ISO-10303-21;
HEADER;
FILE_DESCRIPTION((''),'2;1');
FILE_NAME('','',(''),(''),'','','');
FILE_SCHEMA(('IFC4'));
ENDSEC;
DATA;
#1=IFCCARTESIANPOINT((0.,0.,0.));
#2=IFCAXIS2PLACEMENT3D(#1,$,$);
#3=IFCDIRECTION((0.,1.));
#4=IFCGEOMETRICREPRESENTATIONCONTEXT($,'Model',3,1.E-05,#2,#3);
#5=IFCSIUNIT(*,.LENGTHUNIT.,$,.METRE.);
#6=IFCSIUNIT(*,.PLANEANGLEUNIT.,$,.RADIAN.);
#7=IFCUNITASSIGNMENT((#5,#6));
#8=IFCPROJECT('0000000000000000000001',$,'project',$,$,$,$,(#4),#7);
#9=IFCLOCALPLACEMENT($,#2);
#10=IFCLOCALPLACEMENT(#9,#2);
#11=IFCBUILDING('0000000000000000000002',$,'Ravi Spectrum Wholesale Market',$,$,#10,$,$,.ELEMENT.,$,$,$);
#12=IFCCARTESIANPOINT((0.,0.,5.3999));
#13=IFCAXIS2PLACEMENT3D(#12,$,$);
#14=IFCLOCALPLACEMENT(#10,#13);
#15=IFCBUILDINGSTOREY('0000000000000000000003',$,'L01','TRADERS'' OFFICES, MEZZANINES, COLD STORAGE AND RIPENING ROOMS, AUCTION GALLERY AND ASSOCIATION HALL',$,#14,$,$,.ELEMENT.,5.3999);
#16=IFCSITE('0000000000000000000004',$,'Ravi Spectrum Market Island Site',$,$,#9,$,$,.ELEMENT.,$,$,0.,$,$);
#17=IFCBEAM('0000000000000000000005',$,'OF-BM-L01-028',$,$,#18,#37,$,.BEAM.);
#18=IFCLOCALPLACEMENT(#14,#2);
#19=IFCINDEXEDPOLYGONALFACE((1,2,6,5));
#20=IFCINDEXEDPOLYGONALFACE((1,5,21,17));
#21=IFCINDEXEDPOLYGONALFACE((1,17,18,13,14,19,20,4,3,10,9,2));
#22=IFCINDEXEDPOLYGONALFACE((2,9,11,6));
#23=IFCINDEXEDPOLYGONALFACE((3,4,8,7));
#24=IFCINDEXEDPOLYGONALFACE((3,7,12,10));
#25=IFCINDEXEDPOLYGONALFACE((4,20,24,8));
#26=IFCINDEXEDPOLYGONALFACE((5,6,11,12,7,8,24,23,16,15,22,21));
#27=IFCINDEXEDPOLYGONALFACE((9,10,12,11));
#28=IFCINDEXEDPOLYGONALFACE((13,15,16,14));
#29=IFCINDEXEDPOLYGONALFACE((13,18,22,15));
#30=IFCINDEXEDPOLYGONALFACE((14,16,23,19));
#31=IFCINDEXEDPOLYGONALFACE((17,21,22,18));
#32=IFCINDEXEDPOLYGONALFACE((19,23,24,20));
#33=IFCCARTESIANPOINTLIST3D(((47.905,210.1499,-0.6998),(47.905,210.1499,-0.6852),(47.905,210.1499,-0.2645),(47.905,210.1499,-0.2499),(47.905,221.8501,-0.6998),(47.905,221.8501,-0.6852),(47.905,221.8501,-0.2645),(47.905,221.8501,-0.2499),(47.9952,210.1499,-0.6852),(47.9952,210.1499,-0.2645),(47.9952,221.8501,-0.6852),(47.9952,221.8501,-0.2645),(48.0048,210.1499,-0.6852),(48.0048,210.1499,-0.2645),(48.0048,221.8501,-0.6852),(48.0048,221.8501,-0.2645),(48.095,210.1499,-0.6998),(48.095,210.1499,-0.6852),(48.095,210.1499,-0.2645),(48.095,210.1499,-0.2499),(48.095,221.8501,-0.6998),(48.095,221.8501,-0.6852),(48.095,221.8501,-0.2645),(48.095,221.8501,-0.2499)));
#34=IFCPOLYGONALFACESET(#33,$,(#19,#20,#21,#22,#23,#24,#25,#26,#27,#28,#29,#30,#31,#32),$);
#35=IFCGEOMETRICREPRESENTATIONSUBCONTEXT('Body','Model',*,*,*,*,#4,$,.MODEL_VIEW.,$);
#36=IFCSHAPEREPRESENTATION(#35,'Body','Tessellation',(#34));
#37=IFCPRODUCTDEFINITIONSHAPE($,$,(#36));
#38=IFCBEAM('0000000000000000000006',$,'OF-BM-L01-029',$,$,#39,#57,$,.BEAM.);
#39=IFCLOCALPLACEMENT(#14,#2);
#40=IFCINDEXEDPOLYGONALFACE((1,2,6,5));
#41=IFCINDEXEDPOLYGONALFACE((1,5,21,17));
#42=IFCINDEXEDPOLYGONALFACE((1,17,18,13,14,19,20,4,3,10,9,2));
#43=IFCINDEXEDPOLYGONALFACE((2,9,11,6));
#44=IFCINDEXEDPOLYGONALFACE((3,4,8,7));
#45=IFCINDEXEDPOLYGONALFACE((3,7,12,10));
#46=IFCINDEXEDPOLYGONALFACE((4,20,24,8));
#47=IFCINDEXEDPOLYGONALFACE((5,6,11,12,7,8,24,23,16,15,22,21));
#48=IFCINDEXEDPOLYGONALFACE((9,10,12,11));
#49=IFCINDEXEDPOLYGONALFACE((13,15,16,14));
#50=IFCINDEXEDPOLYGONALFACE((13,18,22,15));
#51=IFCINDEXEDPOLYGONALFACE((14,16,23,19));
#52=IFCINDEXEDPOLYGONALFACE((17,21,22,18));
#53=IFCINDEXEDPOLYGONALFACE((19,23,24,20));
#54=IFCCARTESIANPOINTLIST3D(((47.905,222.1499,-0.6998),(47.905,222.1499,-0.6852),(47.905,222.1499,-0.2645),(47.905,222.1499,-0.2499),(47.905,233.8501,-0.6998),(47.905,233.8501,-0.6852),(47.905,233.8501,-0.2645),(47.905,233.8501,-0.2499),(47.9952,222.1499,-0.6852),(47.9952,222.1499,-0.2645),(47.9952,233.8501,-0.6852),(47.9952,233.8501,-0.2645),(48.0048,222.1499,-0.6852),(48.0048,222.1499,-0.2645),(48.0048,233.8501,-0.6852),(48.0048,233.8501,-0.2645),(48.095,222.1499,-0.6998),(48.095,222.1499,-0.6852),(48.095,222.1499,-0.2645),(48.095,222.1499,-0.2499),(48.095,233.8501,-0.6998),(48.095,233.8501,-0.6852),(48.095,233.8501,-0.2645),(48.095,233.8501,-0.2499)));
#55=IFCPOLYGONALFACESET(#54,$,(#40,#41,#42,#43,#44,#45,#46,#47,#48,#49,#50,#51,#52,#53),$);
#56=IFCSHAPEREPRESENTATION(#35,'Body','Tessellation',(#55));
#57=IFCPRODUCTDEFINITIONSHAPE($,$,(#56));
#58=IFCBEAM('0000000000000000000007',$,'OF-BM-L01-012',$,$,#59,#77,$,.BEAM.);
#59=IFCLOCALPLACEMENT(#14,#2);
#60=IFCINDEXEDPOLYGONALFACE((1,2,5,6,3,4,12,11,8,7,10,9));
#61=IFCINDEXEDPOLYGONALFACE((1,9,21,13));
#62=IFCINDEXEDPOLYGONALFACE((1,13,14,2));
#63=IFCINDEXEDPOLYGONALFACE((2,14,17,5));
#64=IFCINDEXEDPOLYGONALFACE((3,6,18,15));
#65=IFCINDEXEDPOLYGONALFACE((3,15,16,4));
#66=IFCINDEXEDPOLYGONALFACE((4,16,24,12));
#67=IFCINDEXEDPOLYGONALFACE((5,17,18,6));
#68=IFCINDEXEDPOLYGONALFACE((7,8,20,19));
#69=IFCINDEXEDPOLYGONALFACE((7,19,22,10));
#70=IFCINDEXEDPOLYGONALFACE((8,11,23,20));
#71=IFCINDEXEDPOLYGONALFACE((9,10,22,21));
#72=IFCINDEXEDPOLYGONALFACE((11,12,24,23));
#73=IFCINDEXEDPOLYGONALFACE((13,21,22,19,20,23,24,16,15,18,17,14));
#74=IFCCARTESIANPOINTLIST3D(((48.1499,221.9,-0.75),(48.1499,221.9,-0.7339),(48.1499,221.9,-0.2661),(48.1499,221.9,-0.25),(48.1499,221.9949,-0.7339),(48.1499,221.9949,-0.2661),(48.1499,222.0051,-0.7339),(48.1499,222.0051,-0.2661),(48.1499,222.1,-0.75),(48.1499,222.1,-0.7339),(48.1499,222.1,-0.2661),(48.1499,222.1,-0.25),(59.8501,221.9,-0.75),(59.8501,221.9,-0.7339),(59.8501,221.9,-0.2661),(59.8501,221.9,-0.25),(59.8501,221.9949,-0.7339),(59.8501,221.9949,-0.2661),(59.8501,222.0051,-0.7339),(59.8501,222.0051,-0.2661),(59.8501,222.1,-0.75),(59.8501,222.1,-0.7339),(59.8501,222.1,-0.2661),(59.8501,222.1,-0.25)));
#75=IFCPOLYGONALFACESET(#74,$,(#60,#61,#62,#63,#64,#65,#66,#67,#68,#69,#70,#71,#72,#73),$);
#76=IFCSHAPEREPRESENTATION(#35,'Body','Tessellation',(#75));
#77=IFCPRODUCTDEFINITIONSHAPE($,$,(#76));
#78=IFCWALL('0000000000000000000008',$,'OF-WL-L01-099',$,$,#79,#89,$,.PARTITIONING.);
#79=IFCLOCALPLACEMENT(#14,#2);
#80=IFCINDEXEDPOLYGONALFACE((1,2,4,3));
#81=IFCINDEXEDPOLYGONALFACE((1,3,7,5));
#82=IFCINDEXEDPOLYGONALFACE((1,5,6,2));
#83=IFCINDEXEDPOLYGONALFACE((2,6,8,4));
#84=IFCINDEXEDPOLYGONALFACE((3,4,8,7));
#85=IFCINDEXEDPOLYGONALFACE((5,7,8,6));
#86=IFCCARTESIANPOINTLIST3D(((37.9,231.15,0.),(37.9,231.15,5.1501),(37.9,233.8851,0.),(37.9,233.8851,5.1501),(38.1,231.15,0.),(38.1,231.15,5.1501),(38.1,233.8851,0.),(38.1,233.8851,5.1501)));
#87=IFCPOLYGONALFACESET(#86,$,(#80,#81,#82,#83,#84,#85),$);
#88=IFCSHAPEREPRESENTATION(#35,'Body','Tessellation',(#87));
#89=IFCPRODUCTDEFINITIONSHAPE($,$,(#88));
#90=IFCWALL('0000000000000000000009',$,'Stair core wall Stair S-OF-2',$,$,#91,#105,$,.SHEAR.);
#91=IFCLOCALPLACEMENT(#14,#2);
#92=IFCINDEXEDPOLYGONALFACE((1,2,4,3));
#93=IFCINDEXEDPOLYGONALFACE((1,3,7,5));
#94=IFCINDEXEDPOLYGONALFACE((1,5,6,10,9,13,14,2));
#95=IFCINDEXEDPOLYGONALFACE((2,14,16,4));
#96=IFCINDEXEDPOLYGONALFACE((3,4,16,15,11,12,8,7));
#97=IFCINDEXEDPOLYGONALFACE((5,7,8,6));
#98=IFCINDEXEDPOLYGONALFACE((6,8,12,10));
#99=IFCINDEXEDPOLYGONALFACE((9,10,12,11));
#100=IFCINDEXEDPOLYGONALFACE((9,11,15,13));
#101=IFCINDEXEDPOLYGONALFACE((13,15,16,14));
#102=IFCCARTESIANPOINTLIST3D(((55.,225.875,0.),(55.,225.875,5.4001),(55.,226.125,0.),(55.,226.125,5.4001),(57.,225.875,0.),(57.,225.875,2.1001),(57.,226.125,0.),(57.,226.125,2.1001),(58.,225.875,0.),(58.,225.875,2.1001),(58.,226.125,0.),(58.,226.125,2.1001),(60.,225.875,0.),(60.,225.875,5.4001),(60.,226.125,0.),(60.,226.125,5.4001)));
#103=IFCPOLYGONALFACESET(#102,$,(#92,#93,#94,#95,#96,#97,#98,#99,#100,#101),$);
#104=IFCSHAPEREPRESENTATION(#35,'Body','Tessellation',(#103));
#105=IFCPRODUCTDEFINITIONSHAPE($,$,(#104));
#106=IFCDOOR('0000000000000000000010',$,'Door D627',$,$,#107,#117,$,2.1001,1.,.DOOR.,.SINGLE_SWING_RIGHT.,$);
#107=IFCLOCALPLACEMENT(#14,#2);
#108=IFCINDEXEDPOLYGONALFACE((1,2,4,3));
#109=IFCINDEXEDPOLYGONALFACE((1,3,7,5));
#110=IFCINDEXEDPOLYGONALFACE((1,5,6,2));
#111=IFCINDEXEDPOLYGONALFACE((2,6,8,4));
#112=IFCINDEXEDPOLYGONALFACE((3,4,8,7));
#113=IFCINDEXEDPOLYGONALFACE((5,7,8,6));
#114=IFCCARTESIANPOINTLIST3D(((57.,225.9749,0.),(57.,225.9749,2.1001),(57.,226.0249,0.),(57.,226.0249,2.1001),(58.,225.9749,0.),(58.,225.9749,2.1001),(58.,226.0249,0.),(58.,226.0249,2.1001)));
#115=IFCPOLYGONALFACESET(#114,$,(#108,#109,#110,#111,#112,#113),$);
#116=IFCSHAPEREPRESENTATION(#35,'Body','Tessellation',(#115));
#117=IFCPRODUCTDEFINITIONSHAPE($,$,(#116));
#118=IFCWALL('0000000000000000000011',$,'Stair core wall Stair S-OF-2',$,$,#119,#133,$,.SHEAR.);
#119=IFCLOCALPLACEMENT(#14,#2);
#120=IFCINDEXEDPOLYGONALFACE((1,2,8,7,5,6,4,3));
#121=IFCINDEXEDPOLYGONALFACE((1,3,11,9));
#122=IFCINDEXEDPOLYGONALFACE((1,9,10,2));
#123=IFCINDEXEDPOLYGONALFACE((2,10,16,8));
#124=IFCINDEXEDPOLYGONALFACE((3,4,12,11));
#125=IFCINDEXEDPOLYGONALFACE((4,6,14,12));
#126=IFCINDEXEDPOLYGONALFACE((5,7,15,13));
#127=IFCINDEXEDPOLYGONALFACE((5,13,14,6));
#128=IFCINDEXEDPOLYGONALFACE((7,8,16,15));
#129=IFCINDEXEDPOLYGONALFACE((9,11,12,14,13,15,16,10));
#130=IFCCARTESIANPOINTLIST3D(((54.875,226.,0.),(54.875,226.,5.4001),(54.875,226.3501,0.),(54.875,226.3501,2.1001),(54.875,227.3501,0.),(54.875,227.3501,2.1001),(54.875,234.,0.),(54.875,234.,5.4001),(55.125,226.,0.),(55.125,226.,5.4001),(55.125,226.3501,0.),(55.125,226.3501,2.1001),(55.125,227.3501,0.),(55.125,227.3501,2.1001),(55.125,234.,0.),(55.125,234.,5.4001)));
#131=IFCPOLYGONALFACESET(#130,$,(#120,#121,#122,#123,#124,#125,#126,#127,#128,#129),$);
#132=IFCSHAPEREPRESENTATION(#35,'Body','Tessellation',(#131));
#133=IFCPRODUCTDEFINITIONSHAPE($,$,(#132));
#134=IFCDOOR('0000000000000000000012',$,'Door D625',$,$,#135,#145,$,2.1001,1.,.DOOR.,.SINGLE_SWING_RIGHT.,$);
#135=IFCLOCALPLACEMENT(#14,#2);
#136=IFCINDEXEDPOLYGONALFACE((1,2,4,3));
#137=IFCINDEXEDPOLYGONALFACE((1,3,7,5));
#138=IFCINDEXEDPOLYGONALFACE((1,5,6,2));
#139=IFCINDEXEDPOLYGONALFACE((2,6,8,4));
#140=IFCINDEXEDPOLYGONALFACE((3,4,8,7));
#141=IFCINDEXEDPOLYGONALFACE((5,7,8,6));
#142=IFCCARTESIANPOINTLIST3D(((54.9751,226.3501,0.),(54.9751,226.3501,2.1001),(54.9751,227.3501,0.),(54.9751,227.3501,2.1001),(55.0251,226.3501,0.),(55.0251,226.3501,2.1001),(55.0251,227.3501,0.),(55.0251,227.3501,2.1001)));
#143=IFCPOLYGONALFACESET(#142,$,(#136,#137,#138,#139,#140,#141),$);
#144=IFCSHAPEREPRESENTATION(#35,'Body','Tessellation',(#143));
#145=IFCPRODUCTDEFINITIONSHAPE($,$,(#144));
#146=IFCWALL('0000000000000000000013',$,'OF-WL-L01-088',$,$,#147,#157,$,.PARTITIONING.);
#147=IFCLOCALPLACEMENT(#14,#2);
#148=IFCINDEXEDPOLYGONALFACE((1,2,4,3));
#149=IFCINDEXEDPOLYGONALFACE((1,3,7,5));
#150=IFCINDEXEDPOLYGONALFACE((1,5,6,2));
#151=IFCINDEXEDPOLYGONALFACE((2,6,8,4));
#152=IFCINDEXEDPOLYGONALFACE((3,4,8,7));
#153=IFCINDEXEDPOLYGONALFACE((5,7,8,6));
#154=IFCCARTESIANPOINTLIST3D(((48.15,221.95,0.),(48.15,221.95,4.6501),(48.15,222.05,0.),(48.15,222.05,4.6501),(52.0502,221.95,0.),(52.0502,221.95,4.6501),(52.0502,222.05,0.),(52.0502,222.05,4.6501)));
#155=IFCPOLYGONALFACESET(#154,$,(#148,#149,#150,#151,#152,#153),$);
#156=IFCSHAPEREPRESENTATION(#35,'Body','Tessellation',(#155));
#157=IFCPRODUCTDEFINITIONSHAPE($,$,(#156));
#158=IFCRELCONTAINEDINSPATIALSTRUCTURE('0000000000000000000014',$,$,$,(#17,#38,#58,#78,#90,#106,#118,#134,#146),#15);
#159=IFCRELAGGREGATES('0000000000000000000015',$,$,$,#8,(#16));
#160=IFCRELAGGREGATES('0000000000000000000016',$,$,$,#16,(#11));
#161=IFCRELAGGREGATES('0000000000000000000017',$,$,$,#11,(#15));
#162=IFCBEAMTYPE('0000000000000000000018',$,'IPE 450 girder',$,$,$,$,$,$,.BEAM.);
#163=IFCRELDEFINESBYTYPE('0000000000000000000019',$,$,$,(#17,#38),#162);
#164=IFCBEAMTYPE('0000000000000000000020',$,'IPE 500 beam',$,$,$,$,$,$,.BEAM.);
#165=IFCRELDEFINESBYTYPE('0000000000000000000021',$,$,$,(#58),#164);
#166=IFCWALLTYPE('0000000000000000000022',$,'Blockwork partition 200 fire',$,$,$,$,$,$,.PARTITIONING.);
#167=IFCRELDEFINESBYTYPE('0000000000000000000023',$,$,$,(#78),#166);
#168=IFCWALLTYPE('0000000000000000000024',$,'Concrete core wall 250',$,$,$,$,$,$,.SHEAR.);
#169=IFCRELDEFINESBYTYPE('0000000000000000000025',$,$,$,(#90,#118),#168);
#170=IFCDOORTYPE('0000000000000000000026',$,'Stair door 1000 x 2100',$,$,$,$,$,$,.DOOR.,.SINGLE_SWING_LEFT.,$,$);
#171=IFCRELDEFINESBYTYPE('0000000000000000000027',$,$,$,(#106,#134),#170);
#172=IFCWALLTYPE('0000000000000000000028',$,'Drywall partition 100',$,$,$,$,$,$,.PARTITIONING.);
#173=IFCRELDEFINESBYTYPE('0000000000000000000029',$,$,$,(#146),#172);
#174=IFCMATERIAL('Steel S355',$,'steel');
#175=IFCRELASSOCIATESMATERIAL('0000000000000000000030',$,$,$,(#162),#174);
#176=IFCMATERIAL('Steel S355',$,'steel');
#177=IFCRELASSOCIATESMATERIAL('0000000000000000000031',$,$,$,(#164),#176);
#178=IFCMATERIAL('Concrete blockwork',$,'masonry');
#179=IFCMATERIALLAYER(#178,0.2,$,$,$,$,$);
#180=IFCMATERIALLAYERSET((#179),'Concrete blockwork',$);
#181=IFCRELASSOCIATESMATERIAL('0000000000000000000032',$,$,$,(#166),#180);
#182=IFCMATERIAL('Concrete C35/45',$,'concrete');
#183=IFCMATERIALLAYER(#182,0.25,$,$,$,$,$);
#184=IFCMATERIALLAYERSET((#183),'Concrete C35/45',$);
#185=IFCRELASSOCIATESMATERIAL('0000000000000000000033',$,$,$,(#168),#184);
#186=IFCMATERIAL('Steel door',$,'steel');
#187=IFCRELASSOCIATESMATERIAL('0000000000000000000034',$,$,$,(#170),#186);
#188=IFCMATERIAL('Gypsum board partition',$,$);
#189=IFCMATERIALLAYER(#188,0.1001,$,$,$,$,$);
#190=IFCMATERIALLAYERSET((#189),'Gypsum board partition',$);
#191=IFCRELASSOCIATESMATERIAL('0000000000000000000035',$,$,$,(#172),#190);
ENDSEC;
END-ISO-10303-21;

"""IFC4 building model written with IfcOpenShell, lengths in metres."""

from ifc_helpers import new_model, si_unit, direction, frame, frame_2d, origin, origin_2d, place, context, subcontext, project, spatial, rectangle, i_section, extrude, material, layer, layer_set, material_profile, profile_set, type_object, element, fill, save


model = new_model("IFC4")

# Units and contexts
model_context = context("Model", 3, precision=1e-05, world=origin(), true_north=direction((0.0, 1.0)))
body_context = subcontext(model_context, "Body", "Model", "MODEL_VIEW")
ifc_project = project(units=[si_unit("LENGTHUNIT", "METRE"), si_unit("PLANEANGLEUNIT", "RADIAN")], contexts=[model_context])

# Site, building, storey
site_placement = place(None, origin())
site = spatial("IfcSite", under=ifc_project, at=site_placement, Name="Ravi Spectrum Market Island Site", CompositionType="ELEMENT", RefElevation=0.0)
building_placement = place(site_placement, origin())
building = spatial("IfcBuilding", under=site, at=building_placement, Name="Ravi Spectrum Wholesale Market", CompositionType="ELEMENT")
storey_placement = place(building_placement, frame((0.0, 0.0, 5.3999)))
storey = spatial("IfcBuildingStorey", under=building, at=storey_placement, Name="L01", Description="TRADERS' OFFICES, MEZZANINES, COLD STORAGE AND RIPENING ROOMS, AUCTION GALLERY AND ASSOCIATION HALL", CompositionType="ELEMENT", Elevation=5.3999)

# Beams
ifc_material_1 = material(Name="Steel S355", Category="steel")
ifc_material_profile_1 = material_profile(ifc_material_1, i_section(OverallWidth=0.1899, OverallDepth=0.45, WebThickness=0.0095, FlangeThickness=0.0146, at=origin_2d()))
ifc_profile_set_1 = profile_set([ifc_material_profile_1], Name="Steel S355")
beam_type_1 = type_object("IfcBeamType", Name="IPE 450 girder", PredefinedType="BEAM", material=ifc_profile_set_1)
for number, where, z_axis, x_axis, name in (
    (1, (48.0, 210.1499, -0.4749), (0.0, 1.0, 0.0), (-1.0, 0.0, 0.0), "OF-BM-L01-028"),
    (2, (48.0, 222.1499, -0.4749), (0.0, 1.0, 0.0), (-1.0, 0.0, 0.0), "OF-BM-L01-029"),
):
    element("IfcBeam", number, at=place(storey_placement, frame(where, z_axis=z_axis, x_axis=x_axis)), inside=storey, type_object=beam_type_1, Name=name, PredefinedType="BEAM", context=body_context, shape_type="SweptSolid", body=[
        extrude(i_section(OverallWidth=0.1899, OverallDepth=0.45, WebThickness=0.0095, FlangeThickness=0.0146, at=origin_2d()), origin(), (0.0, 0.0, 1.0), 11.7002),
    ])
ifc_material_2 = material(Name="Steel S355", Category="steel")
ifc_material_profile_2 = material_profile(ifc_material_2, i_section(OverallWidth=0.2, OverallDepth=0.5, WebThickness=0.0103, FlangeThickness=0.0161, at=origin_2d()))
ifc_profile_set_2 = profile_set([ifc_material_profile_2], Name="Steel S355")
beam_type_2 = type_object("IfcBeamType", Name="IPE 500 beam", PredefinedType="BEAM", material=ifc_profile_set_2)
beam_placement = place(storey_placement, frame((48.1499, 222.0, -0.5), z_axis=(1.0, 0.0, 0.0), x_axis=(0.0, 1.0, 0.0)))
element("IfcBeam", 3, at=beam_placement, inside=storey, type_object=beam_type_2, Name="OF-BM-L01-012", PredefinedType="BEAM", context=body_context, shape_type="SweptSolid", body=[
    extrude(i_section(OverallWidth=0.2, OverallDepth=0.5, WebThickness=0.0103, FlangeThickness=0.0161, at=origin_2d()), origin(), (0.0, 0.0, 1.0), 11.7002),
])

# Wall
ifc_material_3 = material(Name="Concrete blockwork", Category="masonry")
ifc_layer_1 = layer(ifc_material_3, 0.2)
ifc_layer_set_1 = layer_set([ifc_layer_1], Name="Concrete blockwork")
wall_type_1 = type_object("IfcWallType", Name="Blockwork partition 200 fire", PredefinedType="PARTITIONING", material=ifc_layer_set_1)
wall_1_placement = place(storey_placement, frame((38.0, 231.1499, 0.0), z_axis=(0.0, 0.0, 1.0), x_axis=(0.0, 1.0, 0.0)))
element("IfcWall", 4, at=wall_1_placement, inside=storey, type_object=wall_type_1, Name="OF-WL-L01-099", PredefinedType="PARTITIONING", context=body_context, shape_type="SweptSolid", body=[
    extrude(rectangle(XDim=2.7351, YDim=0.2, at=frame_2d((1.3677, 0.0))), origin(), (0.0, 0.0, 1.0), 5.1501),
])

# Walls, openings, doors
ifc_material_4 = material(Name="Concrete C35/45", Category="concrete")
ifc_layer_2 = layer(ifc_material_4, 0.25)
ifc_layer_set_2 = layer_set([ifc_layer_2], Name="Concrete C35/45")
wall_type_2 = type_object("IfcWallType", Name="Concrete core wall 250", PredefinedType="SHEAR", material=ifc_layer_set_2)
wall_2_placement = place(storey_placement, frame((55.0, 226.0, 0.0), z_axis=(0.0, 0.0, 1.0), x_axis=(1.0, 0.0, 0.0)))
wall_2 = element("IfcWall", 5, at=wall_2_placement, inside=storey, type_object=wall_type_2, Name="Stair core wall Stair S-OF-2", PredefinedType="SHEAR", context=body_context, shape_type="SweptSolid", body=[
    extrude(rectangle(XDim=5.0, YDim=0.25, at=frame_2d((2.5, 0.0))), origin(), (0.0, 0.0, 1.0), 5.4001),
])
opening_1_placement = place(wall_2_placement, frame((2.0, 0.0, 0.0)))
opening_1 = element("IfcOpeningElement", 6, at=opening_1_placement, cuts=wall_2, PredefinedType="OPENING", context=body_context, shape_type="SweptSolid", body=[
    extrude(rectangle(XDim=1.0, YDim=2.1001, at=frame_2d((0.5, 1.05))), frame((0.0, 0.135, 0.0), z_axis=(0.0, -1.0, 0.0), x_axis=(1.0, 0.0, 0.0)), (0.0, 0.0, 1.0), 0.27),
])
ifc_material_5 = material(Name="Steel door", Category="steel")
door_type_1 = type_object("IfcDoorType", Name="Stair door 1000 x 2100", OperationType="SINGLE_SWING_LEFT", PredefinedType="DOOR", material=ifc_material_5)
door_1_placement = place(opening_1_placement, origin())
door_1 = element("IfcDoor", 7, at=door_1_placement, inside=storey, type_object=door_type_1, Name="Door D627", OperationType="SINGLE_SWING_RIGHT", OverallHeight=2.1001, OverallWidth=1.0, PredefinedType="DOOR", context=body_context, shape_type="SweptSolid", body=[
    extrude(rectangle(XDim=1.0, YDim=2.1001, at=frame_2d((0.5, 1.05))), frame((0.0, 0.0249, 0.0), z_axis=(0.0, -1.0, 0.0), x_axis=(1.0, 0.0, 0.0)), (0.0, 0.0, 1.0), 0.05),
])
fill(opening_1, door_1)
wall_3_placement = place(storey_placement, frame((55.0, 226.0, 0.0), z_axis=(0.0, 0.0, 1.0), x_axis=(0.0, 1.0, 0.0)))
wall_3 = element("IfcWall", 8, at=wall_3_placement, inside=storey, type_object=wall_type_2, Name="Stair core wall Stair S-OF-2", PredefinedType="SHEAR", context=body_context, shape_type="SweptSolid", body=[
    extrude(rectangle(XDim=8.0, YDim=0.25, at=frame_2d((4.0, 0.0))), origin(), (0.0, 0.0, 1.0), 5.4001),
])
opening_2_placement = place(wall_3_placement, frame((0.3501, 0.0, 0.0)))
opening_2 = element("IfcOpeningElement", 9, at=opening_2_placement, cuts=wall_3, PredefinedType="OPENING", context=body_context, shape_type="SweptSolid", body=[
    extrude(rectangle(XDim=1.0, YDim=2.1001, at=frame_2d((0.5, 1.05))), frame((0.0, 0.135, 0.0), z_axis=(0.0, -1.0, 0.0), x_axis=(1.0, 0.0, 0.0)), (0.0, 0.0, 1.0), 0.27),
])
door_2_placement = place(opening_2_placement, origin())
door_2 = element("IfcDoor", 10, at=door_2_placement, inside=storey, type_object=door_type_1, Name="Door D625", OperationType="SINGLE_SWING_RIGHT", OverallHeight=2.1001, OverallWidth=1.0, PredefinedType="DOOR", context=body_context, shape_type="SweptSolid", body=[
    extrude(rectangle(XDim=1.0, YDim=2.1001, at=frame_2d((0.5, 1.05))), frame((0.0, 0.0249, 0.0), z_axis=(0.0, -1.0, 0.0), x_axis=(1.0, 0.0, 0.0)), (0.0, 0.0, 1.0), 0.05),
])
fill(opening_2, door_2)

# Wall
ifc_material_6 = material(Name="Gypsum board partition")
ifc_layer_3 = layer(ifc_material_6, 0.1001)
ifc_layer_set_3 = layer_set([ifc_layer_3], Name="Gypsum board partition")
wall_type_3 = type_object("IfcWallType", Name="Drywall partition 100", PredefinedType="PARTITIONING", material=ifc_layer_set_3)
wall_4_placement = place(storey_placement, frame((48.1499, 222.0, 0.0), z_axis=(0.0, 0.0, 1.0), x_axis=(1.0, 0.0, 0.0)))
element("IfcWall", 11, at=wall_4_placement, inside=storey, type_object=wall_type_3, Name="OF-WL-L01-088", PredefinedType="PARTITIONING", context=body_context, shape_type="SweptSolid", body=[
    extrude(rectangle(XDim=3.9001, YDim=0.1001, at=frame_2d((1.9502, 0.0))), origin(), (0.0, 0.0, 1.0), 4.6501),
])

save(model, "model.ifc")
